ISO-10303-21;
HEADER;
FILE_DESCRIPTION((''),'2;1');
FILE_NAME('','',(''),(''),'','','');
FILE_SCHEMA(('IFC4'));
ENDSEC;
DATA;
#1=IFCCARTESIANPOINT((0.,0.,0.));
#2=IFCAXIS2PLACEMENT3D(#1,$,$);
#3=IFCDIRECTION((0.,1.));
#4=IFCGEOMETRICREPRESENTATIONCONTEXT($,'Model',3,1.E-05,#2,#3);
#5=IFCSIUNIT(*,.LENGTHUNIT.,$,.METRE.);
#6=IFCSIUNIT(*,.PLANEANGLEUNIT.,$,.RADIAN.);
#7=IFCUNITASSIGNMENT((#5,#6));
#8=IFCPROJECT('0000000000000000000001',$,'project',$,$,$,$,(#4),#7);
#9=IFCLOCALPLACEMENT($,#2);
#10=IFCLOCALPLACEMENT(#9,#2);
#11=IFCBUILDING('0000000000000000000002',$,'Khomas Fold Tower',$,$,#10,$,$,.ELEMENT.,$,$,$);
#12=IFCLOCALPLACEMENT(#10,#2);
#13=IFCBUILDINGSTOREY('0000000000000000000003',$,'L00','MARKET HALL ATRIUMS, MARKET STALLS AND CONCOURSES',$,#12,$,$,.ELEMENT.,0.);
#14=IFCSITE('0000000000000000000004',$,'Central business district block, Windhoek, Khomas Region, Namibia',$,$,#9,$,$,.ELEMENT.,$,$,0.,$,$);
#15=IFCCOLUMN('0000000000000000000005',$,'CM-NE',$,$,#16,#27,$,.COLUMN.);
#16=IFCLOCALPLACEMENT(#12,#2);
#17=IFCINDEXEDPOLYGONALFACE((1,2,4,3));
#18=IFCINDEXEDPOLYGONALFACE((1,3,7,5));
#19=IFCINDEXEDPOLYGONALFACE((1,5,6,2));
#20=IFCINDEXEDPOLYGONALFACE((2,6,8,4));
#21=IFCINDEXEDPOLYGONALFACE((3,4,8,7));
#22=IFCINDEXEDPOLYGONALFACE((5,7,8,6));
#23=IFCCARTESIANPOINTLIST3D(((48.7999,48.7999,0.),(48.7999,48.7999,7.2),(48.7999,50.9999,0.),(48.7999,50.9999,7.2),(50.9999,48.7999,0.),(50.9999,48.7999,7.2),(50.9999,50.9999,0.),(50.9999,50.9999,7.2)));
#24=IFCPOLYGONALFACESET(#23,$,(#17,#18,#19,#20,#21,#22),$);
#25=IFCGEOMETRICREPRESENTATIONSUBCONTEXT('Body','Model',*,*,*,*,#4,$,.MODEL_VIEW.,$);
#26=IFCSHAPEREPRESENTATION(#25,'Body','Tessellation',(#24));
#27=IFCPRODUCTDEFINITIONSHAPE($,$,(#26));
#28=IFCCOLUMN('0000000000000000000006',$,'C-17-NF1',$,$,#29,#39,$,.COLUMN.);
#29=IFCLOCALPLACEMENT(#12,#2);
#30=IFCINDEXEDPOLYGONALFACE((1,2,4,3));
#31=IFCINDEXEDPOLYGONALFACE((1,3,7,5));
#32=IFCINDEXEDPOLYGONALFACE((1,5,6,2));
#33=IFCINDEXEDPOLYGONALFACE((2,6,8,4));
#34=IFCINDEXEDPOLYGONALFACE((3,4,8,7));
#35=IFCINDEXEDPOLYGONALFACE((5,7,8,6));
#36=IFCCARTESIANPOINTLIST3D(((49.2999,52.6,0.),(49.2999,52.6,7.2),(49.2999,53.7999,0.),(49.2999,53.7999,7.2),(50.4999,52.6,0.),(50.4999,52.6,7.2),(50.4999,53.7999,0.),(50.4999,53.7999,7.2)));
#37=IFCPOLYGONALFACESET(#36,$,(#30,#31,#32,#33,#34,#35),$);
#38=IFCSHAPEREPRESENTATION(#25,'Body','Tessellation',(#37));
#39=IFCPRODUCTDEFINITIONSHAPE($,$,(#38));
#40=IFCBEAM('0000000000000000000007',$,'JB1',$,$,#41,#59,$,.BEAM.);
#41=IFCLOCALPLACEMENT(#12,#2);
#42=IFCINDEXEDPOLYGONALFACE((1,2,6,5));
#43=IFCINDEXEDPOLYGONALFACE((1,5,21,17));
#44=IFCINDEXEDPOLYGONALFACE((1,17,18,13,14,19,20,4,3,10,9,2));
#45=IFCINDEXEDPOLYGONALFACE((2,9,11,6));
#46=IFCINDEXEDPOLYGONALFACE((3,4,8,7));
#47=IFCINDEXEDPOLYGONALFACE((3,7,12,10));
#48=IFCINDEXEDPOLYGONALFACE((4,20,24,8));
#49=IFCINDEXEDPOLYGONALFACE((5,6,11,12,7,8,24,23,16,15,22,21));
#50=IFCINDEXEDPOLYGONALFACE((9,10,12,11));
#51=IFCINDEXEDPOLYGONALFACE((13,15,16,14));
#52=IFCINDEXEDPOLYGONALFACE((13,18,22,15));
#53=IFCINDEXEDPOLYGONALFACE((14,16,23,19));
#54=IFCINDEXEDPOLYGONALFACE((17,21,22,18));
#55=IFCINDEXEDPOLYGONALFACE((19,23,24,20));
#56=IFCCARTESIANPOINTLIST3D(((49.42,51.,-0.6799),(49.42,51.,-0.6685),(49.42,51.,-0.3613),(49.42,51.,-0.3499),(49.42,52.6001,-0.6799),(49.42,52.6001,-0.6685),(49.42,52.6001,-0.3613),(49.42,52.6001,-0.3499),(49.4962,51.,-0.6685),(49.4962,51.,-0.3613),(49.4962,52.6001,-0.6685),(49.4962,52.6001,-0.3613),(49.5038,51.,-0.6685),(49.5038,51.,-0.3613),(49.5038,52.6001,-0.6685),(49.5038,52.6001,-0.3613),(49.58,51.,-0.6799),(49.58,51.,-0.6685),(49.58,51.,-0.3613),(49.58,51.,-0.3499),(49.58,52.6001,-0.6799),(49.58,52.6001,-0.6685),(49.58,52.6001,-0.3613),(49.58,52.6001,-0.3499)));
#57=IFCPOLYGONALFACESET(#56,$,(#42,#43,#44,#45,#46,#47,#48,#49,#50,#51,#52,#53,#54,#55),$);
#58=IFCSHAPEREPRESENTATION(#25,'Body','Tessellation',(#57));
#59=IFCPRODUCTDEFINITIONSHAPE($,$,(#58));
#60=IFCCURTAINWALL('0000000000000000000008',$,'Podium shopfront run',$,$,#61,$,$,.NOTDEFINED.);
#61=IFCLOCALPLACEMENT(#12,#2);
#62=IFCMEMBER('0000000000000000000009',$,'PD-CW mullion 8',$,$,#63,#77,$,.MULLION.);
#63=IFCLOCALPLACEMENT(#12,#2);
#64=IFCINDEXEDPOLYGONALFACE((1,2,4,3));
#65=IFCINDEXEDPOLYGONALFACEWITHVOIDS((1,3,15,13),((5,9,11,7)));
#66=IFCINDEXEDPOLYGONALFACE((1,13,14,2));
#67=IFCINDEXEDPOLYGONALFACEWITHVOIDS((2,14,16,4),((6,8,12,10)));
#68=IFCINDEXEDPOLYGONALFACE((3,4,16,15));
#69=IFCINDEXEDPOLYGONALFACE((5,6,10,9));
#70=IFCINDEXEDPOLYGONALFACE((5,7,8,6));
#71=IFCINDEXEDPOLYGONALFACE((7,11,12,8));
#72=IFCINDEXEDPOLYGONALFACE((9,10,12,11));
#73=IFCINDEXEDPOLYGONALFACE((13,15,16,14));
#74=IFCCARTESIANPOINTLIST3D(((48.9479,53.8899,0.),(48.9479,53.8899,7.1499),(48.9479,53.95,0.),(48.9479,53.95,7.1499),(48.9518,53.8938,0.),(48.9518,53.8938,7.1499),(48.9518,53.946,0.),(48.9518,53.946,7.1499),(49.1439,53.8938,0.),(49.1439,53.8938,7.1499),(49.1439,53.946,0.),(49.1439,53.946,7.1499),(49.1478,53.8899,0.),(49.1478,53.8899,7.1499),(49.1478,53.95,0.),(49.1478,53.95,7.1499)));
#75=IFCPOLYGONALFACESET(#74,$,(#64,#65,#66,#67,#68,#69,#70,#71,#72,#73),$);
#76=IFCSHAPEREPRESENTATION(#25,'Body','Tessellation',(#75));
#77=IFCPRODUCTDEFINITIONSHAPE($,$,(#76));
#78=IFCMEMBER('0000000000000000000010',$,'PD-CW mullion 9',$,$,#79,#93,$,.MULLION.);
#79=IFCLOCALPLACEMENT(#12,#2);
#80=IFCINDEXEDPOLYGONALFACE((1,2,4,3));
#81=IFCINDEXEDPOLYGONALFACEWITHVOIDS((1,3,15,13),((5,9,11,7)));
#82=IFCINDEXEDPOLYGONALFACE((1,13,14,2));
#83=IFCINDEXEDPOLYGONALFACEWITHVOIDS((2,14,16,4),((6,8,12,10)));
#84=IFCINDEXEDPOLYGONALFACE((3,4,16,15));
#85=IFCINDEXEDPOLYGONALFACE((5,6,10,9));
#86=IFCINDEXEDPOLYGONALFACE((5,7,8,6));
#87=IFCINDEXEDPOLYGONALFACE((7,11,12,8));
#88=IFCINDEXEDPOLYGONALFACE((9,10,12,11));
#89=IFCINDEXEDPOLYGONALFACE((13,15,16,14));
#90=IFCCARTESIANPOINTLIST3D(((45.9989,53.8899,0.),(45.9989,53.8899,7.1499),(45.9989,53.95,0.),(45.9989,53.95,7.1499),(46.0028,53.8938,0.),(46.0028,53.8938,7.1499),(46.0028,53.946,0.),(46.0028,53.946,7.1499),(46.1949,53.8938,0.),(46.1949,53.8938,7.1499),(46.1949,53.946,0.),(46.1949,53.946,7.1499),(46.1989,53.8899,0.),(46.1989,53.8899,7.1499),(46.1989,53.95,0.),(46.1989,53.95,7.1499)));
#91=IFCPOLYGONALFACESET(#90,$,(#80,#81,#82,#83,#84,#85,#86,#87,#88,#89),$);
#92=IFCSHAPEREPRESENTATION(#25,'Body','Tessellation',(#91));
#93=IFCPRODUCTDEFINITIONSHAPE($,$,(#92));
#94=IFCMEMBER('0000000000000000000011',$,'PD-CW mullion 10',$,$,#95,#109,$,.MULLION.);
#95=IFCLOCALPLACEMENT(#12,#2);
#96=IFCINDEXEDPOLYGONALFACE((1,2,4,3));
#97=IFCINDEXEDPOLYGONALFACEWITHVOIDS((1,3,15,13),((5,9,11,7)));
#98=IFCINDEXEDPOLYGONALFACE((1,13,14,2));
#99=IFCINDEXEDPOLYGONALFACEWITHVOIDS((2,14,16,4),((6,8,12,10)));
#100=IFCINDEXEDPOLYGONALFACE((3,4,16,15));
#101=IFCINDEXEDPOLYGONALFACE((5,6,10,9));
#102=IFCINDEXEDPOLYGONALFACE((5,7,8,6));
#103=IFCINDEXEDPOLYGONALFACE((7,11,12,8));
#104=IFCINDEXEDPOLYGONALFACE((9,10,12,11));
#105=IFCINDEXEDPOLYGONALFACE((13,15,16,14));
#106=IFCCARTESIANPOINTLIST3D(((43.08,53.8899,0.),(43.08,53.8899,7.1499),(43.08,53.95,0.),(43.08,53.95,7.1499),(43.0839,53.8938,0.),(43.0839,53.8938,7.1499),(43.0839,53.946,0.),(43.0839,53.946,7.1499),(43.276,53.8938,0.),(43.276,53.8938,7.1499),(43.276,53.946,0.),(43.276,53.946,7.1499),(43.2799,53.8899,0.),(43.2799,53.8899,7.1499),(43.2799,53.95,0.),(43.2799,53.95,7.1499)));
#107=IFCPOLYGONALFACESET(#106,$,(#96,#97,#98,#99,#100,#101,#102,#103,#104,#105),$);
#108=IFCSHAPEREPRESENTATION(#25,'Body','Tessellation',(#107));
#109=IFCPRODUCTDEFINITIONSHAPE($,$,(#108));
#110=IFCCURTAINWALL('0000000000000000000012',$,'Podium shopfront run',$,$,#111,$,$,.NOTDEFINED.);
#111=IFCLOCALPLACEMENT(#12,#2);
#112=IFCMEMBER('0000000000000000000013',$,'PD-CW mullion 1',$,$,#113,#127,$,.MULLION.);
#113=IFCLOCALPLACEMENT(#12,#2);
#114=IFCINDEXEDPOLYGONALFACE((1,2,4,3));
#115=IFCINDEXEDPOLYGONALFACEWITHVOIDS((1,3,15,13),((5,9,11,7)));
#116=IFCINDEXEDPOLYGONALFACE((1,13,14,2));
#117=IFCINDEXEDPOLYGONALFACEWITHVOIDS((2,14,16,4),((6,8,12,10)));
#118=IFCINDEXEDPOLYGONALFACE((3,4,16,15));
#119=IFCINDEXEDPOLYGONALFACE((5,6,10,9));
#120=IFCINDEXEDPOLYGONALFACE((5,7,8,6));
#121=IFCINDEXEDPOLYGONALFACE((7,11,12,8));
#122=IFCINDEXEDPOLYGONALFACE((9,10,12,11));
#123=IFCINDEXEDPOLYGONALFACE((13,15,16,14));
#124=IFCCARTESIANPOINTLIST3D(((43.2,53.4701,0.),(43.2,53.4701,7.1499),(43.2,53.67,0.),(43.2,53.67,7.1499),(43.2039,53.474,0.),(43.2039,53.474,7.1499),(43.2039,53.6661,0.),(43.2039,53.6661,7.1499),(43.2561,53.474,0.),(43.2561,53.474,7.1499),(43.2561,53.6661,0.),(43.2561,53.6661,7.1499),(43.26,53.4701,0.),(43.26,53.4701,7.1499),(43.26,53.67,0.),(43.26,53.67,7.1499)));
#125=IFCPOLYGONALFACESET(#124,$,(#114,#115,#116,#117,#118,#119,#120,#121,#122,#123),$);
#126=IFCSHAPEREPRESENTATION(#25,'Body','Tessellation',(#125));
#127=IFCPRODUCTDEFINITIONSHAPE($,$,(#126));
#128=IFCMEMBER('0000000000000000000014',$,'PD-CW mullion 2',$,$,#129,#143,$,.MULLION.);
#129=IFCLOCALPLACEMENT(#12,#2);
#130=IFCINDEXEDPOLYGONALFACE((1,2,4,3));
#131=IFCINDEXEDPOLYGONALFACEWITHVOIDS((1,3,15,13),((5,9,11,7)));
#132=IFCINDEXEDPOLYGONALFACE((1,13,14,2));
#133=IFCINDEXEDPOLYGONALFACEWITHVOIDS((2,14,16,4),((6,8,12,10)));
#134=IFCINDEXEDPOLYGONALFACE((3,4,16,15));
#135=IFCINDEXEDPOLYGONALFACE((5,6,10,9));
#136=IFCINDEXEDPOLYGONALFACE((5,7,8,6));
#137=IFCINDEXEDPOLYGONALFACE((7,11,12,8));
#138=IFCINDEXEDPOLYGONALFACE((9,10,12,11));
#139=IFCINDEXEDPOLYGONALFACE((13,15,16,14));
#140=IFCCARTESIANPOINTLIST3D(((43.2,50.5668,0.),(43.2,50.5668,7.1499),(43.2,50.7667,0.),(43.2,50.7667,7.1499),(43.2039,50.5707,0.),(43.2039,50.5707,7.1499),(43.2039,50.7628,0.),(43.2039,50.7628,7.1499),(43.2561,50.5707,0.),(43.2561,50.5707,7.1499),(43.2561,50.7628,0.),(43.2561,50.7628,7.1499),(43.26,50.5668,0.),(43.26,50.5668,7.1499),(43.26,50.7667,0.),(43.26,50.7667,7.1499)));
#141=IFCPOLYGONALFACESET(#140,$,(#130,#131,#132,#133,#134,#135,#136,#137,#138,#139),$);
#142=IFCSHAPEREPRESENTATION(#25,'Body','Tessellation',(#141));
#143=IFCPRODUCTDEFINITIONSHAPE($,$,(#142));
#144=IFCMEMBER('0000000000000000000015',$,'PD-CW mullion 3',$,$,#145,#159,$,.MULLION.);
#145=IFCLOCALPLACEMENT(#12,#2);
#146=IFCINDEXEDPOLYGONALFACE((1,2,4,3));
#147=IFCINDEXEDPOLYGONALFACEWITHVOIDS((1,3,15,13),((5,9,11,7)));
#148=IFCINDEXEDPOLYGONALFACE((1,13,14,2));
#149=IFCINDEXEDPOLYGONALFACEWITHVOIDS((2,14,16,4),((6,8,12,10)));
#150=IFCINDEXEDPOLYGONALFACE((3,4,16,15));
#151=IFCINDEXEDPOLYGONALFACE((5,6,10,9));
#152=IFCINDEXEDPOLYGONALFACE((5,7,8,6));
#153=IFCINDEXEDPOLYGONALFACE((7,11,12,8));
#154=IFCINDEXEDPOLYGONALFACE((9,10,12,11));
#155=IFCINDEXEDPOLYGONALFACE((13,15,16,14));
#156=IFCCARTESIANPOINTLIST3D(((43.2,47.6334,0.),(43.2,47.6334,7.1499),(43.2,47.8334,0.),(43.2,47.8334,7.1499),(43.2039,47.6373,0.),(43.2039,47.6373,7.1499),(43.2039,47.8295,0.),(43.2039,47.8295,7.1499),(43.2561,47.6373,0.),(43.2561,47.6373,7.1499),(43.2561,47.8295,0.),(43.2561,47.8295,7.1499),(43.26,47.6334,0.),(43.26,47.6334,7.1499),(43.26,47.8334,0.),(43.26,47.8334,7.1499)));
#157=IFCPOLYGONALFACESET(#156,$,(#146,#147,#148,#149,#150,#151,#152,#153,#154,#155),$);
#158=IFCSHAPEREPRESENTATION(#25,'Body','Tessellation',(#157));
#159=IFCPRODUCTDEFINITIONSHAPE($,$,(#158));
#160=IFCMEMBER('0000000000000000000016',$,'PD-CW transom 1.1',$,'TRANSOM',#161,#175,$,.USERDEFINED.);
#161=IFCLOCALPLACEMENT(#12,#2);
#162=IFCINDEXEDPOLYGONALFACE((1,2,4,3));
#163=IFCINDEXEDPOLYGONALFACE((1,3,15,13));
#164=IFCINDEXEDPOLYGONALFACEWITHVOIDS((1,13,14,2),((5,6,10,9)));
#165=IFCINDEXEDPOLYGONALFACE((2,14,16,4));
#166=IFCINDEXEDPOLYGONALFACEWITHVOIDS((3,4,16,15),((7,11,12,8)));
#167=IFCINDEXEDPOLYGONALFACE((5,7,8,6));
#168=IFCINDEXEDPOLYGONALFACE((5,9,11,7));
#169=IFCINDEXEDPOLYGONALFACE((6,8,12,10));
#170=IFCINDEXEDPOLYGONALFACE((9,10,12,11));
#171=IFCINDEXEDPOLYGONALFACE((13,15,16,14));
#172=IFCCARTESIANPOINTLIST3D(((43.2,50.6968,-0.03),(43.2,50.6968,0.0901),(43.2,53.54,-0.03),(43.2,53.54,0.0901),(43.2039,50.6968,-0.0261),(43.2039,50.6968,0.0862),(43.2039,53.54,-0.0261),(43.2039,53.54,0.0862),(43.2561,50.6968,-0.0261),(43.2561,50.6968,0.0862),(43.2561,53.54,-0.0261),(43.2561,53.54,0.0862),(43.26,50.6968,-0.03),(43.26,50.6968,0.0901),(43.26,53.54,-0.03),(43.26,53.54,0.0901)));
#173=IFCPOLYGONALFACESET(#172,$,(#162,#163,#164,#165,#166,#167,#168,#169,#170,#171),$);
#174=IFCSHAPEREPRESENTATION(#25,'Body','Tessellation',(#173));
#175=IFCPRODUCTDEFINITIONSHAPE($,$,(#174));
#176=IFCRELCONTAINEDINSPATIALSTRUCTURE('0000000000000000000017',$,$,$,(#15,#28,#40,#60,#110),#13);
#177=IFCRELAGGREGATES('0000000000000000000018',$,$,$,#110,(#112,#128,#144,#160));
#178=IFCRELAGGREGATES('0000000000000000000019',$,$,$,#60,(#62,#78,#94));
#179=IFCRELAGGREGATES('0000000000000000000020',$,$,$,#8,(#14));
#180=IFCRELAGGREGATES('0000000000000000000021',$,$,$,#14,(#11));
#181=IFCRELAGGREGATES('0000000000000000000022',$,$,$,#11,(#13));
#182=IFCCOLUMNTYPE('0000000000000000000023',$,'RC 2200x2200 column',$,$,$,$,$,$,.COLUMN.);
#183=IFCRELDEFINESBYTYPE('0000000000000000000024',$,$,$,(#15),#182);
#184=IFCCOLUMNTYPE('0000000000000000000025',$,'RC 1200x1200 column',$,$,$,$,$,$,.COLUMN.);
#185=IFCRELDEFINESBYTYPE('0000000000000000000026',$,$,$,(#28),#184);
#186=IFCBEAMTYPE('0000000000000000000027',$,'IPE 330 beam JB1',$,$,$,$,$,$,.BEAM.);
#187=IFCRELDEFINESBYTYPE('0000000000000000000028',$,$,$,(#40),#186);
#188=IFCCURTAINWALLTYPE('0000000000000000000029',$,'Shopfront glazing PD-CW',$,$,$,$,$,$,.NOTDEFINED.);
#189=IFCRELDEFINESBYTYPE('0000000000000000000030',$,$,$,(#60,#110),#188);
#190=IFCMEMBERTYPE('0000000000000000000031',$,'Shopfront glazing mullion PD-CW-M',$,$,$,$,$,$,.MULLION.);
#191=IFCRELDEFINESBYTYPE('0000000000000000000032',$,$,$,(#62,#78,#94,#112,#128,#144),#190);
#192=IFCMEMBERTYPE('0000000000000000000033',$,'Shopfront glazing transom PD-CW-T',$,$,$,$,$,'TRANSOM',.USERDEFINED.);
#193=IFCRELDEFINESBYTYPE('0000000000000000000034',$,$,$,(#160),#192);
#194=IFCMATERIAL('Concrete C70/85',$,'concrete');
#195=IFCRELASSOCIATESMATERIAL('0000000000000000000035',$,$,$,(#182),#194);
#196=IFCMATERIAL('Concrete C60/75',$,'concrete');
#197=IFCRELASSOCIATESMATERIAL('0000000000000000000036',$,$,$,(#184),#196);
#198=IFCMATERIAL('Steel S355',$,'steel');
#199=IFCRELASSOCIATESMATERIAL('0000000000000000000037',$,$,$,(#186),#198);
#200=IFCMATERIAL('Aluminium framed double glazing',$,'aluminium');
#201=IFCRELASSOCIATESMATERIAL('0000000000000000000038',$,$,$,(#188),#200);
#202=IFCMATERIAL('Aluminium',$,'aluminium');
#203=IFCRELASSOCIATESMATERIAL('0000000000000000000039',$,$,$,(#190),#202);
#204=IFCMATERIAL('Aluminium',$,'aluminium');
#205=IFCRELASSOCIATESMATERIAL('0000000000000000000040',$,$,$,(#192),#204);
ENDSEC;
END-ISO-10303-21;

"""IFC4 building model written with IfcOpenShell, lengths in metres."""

from ifc_helpers import new_model, si_unit, direction, frame, origin, origin_2d, place, context, subcontext, project, spatial, rectangle, hollow_rectangle, i_section, extrude, source, transform, mapped, material, material_profile, profile_set, type_object, element, aggregate, save


model = new_model("IFC4")

# Units and contexts
model_context = context("Model", 3, precision=1e-05, world=origin(), true_north=direction((0.0, 1.0)))
body_context = subcontext(model_context, "Body", "Model", "MODEL_VIEW")
ifc_project = project(units=[si_unit("LENGTHUNIT", "METRE"), si_unit("PLANEANGLEUNIT", "RADIAN")], contexts=[model_context])

# Site, building, storey
site_placement = place(None, origin())
site = spatial("IfcSite", under=ifc_project, at=site_placement, Name="Central business district block, Windhoek, Khomas Region, Namibia", CompositionType="ELEMENT", RefElevation=0.0)
building_placement = place(site_placement, origin())
building = spatial("IfcBuilding", under=site, at=building_placement, Name="Khomas Fold Tower", CompositionType="ELEMENT")
storey_placement = place(building_placement, origin())
storey = spatial("IfcBuildingStorey", under=building, at=storey_placement, Name="L00", Description="MARKET HALL ATRIUMS, MARKET STALLS AND CONCOURSES", CompositionType="ELEMENT", Elevation=0.0)

# Columns
ifc_material_1 = material(Name="Concrete C70/85", Category="concrete")
ifc_material_profile_1 = material_profile(ifc_material_1, rectangle(XDim=2.2, YDim=2.2, at=origin_2d()), Name="RC 2200x2200")
ifc_profile_set_1 = profile_set([ifc_material_profile_1], Name="Concrete C70/85")
column_type_1 = type_object("IfcColumnType", Name="RC 2200x2200 column", PredefinedType="COLUMN", material=ifc_profile_set_1)
shared_shape_1 = source(origin(), body_context, "Body", "SweptSolid", [
    extrude(rectangle(XDim=2.2, YDim=2.2, at=origin_2d()), origin(), (0.0, 0.0, 1.0), 7.2),
])
column_1_placement = place(storey_placement, frame((49.8999, 49.8999, 0.0), z_axis=(0.0, 0.0, 1.0), x_axis=(1.0, 0.0, 0.0)))
element("IfcColumn", 1, at=column_1_placement, inside=storey, type_object=column_type_1, Name="CM-NE", PredefinedType="COLUMN", context=body_context, shape_type="MappedRepresentation", body=[
    mapped(shared_shape_1, transform((0.0, 0.0, 0.0))),
])
ifc_material_2 = material(Name="Concrete C60/75", Category="concrete")
ifc_material_profile_2 = material_profile(ifc_material_2, rectangle(XDim=1.2, YDim=1.2, at=origin_2d()), Name="RC 1200x1200")
ifc_profile_set_2 = profile_set([ifc_material_profile_2], Name="Concrete C60/75")
column_type_2 = type_object("IfcColumnType", Name="RC 1200x1200 column", PredefinedType="COLUMN", material=ifc_profile_set_2)
shared_shape_2 = source(origin(), body_context, "Body", "SweptSolid", [
    extrude(rectangle(XDim=1.2, YDim=1.2, at=origin_2d()), origin(), (0.0, 0.0, 1.0), 7.2),
])
column_2_placement = place(storey_placement, frame((49.8999, 53.2, 0.0), z_axis=(0.0, 0.0, 1.0), x_axis=(1.0, 0.0, 0.0)))
element("IfcColumn", 2, at=column_2_placement, inside=storey, type_object=column_type_2, Name="C-17-NF1", PredefinedType="COLUMN", context=body_context, shape_type="MappedRepresentation", body=[
    mapped(shared_shape_2, transform((0.0, 0.0, 0.0))),
])

# Beam
ifc_material_3 = material(Name="Steel S355", Category="steel")
ifc_material_profile_3 = material_profile(ifc_material_3, i_section(OverallWidth=0.1599, OverallDepth=0.3301, WebThickness=0.0076, FlangeThickness=0.0115, at=origin_2d()), Name="IPE 330")
ifc_profile_set_3 = profile_set([ifc_material_profile_3], Name="Steel S355")
beam_type = type_object("IfcBeamType", Name="IPE 330 beam JB1", PredefinedType="BEAM", material=ifc_profile_set_3)
shared_shape_3 = source(origin(), body_context, "Body", "SweptSolid", [
    extrude(i_section(OverallWidth=0.1599, OverallDepth=0.3301, WebThickness=0.0076, FlangeThickness=0.0115, at=origin_2d()), origin(), (0.0, 0.0, 1.0), 1.6001),
])
beam_placement = place(storey_placement, frame((49.5, 51.0, -0.5149), z_axis=(0.0, 1.0, 0.0), x_axis=(-1.0, 0.0, 0.0)))
element("IfcBeam", 3, at=beam_placement, inside=storey, type_object=beam_type, Name="JB1", PredefinedType="BEAM", context=body_context, shape_type="MappedRepresentation", body=[
    mapped(shared_shape_3, transform((0.0, 0.0, 0.0))),
])

# Curtain walls, members
ifc_material_4 = material(Name="Aluminium framed double glazing", Category="aluminium")
curtain_wall_type = type_object("IfcCurtainWallType", Name="Shopfront glazing PD-CW", PredefinedType="NOTDEFINED", material=ifc_material_4)
curtain_wall_1_placement = place(storey_placement, origin())
curtain_wall_1 = element("IfcCurtainWall", 4, at=curtain_wall_1_placement, inside=storey, type_object=curtain_wall_type, Name="Podium shopfront run", PredefinedType="NOTDEFINED")
ifc_material_5 = material(Name="Aluminium", Category="aluminium")
ifc_material_profile_4 = material_profile(ifc_material_5, hollow_rectangle(XDim=0.0601, YDim=0.2, WallThickness=0.0039, at=origin_2d()), Name="Shopfront glazing mullion PD-CW-M")
ifc_profile_set_4 = profile_set([ifc_material_profile_4], Name="Aluminium")
member_type_1 = type_object("IfcMemberType", Name="Shopfront glazing mullion PD-CW-M", PredefinedType="MULLION", material=ifc_profile_set_4)
shared_shape_4 = source(origin(), body_context, "Body", "SweptSolid", [
    extrude(hollow_rectangle(XDim=0.0601, YDim=0.2, WallThickness=0.0039, at=origin_2d()), origin(), (0.0, 0.0, 1.0), 7.1499),
])
member_1_placement = place(storey_placement, frame((49.0479, 53.9199, 0.0), z_axis=(0.0, 0.0, 1.0), x_axis=(0.0, -1.0, 0.0)))
member_1 = element("IfcMember", 5, at=member_1_placement, type_object=member_type_1, Name="PD-CW mullion 8", PredefinedType="MULLION", context=body_context, shape_type="MappedRepresentation", body=[
    mapped(shared_shape_4, transform((0.0, 0.0, 0.0))),
])
member_2_placement = place(storey_placement, frame((46.0989, 53.9199, 0.0), z_axis=(0.0, 0.0, 1.0), x_axis=(0.0, -1.0, 0.0)))
member_2 = element("IfcMember", 6, at=member_2_placement, type_object=member_type_1, Name="PD-CW mullion 9", PredefinedType="MULLION", context=body_context, shape_type="MappedRepresentation", body=[
    mapped(shared_shape_4, transform((0.0, 0.0, 0.0))),
])
member_3_placement = place(storey_placement, frame((43.1799, 53.9199, 0.0), z_axis=(0.0, 0.0, 1.0), x_axis=(0.0, -1.0, 0.0)))
member_3 = element("IfcMember", 7, at=member_3_placement, type_object=member_type_1, Name="PD-CW mullion 10", PredefinedType="MULLION", context=body_context, shape_type="MappedRepresentation", body=[
    mapped(shared_shape_4, transform((0.0, 0.0, 0.0))),
])
curtain_wall_2_placement = place(storey_placement, origin())
curtain_wall_2 = element("IfcCurtainWall", 8, at=curtain_wall_2_placement, inside=storey, type_object=curtain_wall_type, Name="Podium shopfront run", PredefinedType="NOTDEFINED")
member_4_placement = place(storey_placement, frame((43.23, 53.5701, 0.0), z_axis=(0.0, 0.0, 1.0), x_axis=(1.0, 0.0, 0.0)))
member_4 = element("IfcMember", 9, at=member_4_placement, type_object=member_type_1, Name="PD-CW mullion 1", PredefinedType="MULLION", context=body_context, shape_type="MappedRepresentation", body=[
    mapped(shared_shape_4, transform((0.0, 0.0, 0.0))),
])
member_5_placement = place(storey_placement, frame((43.23, 50.6667, 0.0), z_axis=(0.0, 0.0, 1.0), x_axis=(1.0, 0.0, 0.0)))
member_5 = element("IfcMember", 10, at=member_5_placement, type_object=member_type_1, Name="PD-CW mullion 2", PredefinedType="MULLION", context=body_context, shape_type="MappedRepresentation", body=[
    mapped(shared_shape_4, transform((0.0, 0.0, 0.0))),
])
member_6_placement = place(storey_placement, frame((43.23, 47.7334, 0.0), z_axis=(0.0, 0.0, 1.0), x_axis=(1.0, 0.0, 0.0)))
member_6 = element("IfcMember", 11, at=member_6_placement, type_object=member_type_1, Name="PD-CW mullion 3", PredefinedType="MULLION", context=body_context, shape_type="MappedRepresentation", body=[
    mapped(shared_shape_4, transform((0.0, 0.0, 0.0))),
])
ifc_material_6 = material(Name="Aluminium", Category="aluminium")
ifc_material_profile_5 = material_profile(ifc_material_6, hollow_rectangle(XDim=0.0601, YDim=0.1201, WallThickness=0.0039, at=origin_2d()), Name="Shopfront glazing transom PD-CW-T")
ifc_profile_set_5 = profile_set([ifc_material_profile_5], Name="Aluminium")
member_type_2 = type_object("IfcMemberType", Name="Shopfront glazing transom PD-CW-T", ElementType="TRANSOM", PredefinedType="USERDEFINED", material=ifc_profile_set_5)
shared_shape_5 = source(origin(), body_context, "Body", "SweptSolid", [
    extrude(hollow_rectangle(XDim=0.0601, YDim=0.1201, WallThickness=0.0039, at=origin_2d()), origin(), (0.0, 0.0, 1.0), 2.8433),
])
member_7_placement = place(storey_placement, frame((43.23, 53.54, 0.03), z_axis=(0.0, -1.0, 0.0), x_axis=(1.0, 0.0, 0.0)))
member_7 = element("IfcMember", 12, at=member_7_placement, type_object=member_type_2, Name="PD-CW transom 1.1", ObjectType="TRANSOM", PredefinedType="USERDEFINED", context=body_context, shape_type="MappedRepresentation", body=[
    mapped(shared_shape_5, transform((0.0, 0.0, 0.0))),
])

aggregate(curtain_wall_2, [member_4, member_5, member_6, member_7])
aggregate(curtain_wall_1, [member_1, member_2, member_3])

save(model, "model.ifc")
